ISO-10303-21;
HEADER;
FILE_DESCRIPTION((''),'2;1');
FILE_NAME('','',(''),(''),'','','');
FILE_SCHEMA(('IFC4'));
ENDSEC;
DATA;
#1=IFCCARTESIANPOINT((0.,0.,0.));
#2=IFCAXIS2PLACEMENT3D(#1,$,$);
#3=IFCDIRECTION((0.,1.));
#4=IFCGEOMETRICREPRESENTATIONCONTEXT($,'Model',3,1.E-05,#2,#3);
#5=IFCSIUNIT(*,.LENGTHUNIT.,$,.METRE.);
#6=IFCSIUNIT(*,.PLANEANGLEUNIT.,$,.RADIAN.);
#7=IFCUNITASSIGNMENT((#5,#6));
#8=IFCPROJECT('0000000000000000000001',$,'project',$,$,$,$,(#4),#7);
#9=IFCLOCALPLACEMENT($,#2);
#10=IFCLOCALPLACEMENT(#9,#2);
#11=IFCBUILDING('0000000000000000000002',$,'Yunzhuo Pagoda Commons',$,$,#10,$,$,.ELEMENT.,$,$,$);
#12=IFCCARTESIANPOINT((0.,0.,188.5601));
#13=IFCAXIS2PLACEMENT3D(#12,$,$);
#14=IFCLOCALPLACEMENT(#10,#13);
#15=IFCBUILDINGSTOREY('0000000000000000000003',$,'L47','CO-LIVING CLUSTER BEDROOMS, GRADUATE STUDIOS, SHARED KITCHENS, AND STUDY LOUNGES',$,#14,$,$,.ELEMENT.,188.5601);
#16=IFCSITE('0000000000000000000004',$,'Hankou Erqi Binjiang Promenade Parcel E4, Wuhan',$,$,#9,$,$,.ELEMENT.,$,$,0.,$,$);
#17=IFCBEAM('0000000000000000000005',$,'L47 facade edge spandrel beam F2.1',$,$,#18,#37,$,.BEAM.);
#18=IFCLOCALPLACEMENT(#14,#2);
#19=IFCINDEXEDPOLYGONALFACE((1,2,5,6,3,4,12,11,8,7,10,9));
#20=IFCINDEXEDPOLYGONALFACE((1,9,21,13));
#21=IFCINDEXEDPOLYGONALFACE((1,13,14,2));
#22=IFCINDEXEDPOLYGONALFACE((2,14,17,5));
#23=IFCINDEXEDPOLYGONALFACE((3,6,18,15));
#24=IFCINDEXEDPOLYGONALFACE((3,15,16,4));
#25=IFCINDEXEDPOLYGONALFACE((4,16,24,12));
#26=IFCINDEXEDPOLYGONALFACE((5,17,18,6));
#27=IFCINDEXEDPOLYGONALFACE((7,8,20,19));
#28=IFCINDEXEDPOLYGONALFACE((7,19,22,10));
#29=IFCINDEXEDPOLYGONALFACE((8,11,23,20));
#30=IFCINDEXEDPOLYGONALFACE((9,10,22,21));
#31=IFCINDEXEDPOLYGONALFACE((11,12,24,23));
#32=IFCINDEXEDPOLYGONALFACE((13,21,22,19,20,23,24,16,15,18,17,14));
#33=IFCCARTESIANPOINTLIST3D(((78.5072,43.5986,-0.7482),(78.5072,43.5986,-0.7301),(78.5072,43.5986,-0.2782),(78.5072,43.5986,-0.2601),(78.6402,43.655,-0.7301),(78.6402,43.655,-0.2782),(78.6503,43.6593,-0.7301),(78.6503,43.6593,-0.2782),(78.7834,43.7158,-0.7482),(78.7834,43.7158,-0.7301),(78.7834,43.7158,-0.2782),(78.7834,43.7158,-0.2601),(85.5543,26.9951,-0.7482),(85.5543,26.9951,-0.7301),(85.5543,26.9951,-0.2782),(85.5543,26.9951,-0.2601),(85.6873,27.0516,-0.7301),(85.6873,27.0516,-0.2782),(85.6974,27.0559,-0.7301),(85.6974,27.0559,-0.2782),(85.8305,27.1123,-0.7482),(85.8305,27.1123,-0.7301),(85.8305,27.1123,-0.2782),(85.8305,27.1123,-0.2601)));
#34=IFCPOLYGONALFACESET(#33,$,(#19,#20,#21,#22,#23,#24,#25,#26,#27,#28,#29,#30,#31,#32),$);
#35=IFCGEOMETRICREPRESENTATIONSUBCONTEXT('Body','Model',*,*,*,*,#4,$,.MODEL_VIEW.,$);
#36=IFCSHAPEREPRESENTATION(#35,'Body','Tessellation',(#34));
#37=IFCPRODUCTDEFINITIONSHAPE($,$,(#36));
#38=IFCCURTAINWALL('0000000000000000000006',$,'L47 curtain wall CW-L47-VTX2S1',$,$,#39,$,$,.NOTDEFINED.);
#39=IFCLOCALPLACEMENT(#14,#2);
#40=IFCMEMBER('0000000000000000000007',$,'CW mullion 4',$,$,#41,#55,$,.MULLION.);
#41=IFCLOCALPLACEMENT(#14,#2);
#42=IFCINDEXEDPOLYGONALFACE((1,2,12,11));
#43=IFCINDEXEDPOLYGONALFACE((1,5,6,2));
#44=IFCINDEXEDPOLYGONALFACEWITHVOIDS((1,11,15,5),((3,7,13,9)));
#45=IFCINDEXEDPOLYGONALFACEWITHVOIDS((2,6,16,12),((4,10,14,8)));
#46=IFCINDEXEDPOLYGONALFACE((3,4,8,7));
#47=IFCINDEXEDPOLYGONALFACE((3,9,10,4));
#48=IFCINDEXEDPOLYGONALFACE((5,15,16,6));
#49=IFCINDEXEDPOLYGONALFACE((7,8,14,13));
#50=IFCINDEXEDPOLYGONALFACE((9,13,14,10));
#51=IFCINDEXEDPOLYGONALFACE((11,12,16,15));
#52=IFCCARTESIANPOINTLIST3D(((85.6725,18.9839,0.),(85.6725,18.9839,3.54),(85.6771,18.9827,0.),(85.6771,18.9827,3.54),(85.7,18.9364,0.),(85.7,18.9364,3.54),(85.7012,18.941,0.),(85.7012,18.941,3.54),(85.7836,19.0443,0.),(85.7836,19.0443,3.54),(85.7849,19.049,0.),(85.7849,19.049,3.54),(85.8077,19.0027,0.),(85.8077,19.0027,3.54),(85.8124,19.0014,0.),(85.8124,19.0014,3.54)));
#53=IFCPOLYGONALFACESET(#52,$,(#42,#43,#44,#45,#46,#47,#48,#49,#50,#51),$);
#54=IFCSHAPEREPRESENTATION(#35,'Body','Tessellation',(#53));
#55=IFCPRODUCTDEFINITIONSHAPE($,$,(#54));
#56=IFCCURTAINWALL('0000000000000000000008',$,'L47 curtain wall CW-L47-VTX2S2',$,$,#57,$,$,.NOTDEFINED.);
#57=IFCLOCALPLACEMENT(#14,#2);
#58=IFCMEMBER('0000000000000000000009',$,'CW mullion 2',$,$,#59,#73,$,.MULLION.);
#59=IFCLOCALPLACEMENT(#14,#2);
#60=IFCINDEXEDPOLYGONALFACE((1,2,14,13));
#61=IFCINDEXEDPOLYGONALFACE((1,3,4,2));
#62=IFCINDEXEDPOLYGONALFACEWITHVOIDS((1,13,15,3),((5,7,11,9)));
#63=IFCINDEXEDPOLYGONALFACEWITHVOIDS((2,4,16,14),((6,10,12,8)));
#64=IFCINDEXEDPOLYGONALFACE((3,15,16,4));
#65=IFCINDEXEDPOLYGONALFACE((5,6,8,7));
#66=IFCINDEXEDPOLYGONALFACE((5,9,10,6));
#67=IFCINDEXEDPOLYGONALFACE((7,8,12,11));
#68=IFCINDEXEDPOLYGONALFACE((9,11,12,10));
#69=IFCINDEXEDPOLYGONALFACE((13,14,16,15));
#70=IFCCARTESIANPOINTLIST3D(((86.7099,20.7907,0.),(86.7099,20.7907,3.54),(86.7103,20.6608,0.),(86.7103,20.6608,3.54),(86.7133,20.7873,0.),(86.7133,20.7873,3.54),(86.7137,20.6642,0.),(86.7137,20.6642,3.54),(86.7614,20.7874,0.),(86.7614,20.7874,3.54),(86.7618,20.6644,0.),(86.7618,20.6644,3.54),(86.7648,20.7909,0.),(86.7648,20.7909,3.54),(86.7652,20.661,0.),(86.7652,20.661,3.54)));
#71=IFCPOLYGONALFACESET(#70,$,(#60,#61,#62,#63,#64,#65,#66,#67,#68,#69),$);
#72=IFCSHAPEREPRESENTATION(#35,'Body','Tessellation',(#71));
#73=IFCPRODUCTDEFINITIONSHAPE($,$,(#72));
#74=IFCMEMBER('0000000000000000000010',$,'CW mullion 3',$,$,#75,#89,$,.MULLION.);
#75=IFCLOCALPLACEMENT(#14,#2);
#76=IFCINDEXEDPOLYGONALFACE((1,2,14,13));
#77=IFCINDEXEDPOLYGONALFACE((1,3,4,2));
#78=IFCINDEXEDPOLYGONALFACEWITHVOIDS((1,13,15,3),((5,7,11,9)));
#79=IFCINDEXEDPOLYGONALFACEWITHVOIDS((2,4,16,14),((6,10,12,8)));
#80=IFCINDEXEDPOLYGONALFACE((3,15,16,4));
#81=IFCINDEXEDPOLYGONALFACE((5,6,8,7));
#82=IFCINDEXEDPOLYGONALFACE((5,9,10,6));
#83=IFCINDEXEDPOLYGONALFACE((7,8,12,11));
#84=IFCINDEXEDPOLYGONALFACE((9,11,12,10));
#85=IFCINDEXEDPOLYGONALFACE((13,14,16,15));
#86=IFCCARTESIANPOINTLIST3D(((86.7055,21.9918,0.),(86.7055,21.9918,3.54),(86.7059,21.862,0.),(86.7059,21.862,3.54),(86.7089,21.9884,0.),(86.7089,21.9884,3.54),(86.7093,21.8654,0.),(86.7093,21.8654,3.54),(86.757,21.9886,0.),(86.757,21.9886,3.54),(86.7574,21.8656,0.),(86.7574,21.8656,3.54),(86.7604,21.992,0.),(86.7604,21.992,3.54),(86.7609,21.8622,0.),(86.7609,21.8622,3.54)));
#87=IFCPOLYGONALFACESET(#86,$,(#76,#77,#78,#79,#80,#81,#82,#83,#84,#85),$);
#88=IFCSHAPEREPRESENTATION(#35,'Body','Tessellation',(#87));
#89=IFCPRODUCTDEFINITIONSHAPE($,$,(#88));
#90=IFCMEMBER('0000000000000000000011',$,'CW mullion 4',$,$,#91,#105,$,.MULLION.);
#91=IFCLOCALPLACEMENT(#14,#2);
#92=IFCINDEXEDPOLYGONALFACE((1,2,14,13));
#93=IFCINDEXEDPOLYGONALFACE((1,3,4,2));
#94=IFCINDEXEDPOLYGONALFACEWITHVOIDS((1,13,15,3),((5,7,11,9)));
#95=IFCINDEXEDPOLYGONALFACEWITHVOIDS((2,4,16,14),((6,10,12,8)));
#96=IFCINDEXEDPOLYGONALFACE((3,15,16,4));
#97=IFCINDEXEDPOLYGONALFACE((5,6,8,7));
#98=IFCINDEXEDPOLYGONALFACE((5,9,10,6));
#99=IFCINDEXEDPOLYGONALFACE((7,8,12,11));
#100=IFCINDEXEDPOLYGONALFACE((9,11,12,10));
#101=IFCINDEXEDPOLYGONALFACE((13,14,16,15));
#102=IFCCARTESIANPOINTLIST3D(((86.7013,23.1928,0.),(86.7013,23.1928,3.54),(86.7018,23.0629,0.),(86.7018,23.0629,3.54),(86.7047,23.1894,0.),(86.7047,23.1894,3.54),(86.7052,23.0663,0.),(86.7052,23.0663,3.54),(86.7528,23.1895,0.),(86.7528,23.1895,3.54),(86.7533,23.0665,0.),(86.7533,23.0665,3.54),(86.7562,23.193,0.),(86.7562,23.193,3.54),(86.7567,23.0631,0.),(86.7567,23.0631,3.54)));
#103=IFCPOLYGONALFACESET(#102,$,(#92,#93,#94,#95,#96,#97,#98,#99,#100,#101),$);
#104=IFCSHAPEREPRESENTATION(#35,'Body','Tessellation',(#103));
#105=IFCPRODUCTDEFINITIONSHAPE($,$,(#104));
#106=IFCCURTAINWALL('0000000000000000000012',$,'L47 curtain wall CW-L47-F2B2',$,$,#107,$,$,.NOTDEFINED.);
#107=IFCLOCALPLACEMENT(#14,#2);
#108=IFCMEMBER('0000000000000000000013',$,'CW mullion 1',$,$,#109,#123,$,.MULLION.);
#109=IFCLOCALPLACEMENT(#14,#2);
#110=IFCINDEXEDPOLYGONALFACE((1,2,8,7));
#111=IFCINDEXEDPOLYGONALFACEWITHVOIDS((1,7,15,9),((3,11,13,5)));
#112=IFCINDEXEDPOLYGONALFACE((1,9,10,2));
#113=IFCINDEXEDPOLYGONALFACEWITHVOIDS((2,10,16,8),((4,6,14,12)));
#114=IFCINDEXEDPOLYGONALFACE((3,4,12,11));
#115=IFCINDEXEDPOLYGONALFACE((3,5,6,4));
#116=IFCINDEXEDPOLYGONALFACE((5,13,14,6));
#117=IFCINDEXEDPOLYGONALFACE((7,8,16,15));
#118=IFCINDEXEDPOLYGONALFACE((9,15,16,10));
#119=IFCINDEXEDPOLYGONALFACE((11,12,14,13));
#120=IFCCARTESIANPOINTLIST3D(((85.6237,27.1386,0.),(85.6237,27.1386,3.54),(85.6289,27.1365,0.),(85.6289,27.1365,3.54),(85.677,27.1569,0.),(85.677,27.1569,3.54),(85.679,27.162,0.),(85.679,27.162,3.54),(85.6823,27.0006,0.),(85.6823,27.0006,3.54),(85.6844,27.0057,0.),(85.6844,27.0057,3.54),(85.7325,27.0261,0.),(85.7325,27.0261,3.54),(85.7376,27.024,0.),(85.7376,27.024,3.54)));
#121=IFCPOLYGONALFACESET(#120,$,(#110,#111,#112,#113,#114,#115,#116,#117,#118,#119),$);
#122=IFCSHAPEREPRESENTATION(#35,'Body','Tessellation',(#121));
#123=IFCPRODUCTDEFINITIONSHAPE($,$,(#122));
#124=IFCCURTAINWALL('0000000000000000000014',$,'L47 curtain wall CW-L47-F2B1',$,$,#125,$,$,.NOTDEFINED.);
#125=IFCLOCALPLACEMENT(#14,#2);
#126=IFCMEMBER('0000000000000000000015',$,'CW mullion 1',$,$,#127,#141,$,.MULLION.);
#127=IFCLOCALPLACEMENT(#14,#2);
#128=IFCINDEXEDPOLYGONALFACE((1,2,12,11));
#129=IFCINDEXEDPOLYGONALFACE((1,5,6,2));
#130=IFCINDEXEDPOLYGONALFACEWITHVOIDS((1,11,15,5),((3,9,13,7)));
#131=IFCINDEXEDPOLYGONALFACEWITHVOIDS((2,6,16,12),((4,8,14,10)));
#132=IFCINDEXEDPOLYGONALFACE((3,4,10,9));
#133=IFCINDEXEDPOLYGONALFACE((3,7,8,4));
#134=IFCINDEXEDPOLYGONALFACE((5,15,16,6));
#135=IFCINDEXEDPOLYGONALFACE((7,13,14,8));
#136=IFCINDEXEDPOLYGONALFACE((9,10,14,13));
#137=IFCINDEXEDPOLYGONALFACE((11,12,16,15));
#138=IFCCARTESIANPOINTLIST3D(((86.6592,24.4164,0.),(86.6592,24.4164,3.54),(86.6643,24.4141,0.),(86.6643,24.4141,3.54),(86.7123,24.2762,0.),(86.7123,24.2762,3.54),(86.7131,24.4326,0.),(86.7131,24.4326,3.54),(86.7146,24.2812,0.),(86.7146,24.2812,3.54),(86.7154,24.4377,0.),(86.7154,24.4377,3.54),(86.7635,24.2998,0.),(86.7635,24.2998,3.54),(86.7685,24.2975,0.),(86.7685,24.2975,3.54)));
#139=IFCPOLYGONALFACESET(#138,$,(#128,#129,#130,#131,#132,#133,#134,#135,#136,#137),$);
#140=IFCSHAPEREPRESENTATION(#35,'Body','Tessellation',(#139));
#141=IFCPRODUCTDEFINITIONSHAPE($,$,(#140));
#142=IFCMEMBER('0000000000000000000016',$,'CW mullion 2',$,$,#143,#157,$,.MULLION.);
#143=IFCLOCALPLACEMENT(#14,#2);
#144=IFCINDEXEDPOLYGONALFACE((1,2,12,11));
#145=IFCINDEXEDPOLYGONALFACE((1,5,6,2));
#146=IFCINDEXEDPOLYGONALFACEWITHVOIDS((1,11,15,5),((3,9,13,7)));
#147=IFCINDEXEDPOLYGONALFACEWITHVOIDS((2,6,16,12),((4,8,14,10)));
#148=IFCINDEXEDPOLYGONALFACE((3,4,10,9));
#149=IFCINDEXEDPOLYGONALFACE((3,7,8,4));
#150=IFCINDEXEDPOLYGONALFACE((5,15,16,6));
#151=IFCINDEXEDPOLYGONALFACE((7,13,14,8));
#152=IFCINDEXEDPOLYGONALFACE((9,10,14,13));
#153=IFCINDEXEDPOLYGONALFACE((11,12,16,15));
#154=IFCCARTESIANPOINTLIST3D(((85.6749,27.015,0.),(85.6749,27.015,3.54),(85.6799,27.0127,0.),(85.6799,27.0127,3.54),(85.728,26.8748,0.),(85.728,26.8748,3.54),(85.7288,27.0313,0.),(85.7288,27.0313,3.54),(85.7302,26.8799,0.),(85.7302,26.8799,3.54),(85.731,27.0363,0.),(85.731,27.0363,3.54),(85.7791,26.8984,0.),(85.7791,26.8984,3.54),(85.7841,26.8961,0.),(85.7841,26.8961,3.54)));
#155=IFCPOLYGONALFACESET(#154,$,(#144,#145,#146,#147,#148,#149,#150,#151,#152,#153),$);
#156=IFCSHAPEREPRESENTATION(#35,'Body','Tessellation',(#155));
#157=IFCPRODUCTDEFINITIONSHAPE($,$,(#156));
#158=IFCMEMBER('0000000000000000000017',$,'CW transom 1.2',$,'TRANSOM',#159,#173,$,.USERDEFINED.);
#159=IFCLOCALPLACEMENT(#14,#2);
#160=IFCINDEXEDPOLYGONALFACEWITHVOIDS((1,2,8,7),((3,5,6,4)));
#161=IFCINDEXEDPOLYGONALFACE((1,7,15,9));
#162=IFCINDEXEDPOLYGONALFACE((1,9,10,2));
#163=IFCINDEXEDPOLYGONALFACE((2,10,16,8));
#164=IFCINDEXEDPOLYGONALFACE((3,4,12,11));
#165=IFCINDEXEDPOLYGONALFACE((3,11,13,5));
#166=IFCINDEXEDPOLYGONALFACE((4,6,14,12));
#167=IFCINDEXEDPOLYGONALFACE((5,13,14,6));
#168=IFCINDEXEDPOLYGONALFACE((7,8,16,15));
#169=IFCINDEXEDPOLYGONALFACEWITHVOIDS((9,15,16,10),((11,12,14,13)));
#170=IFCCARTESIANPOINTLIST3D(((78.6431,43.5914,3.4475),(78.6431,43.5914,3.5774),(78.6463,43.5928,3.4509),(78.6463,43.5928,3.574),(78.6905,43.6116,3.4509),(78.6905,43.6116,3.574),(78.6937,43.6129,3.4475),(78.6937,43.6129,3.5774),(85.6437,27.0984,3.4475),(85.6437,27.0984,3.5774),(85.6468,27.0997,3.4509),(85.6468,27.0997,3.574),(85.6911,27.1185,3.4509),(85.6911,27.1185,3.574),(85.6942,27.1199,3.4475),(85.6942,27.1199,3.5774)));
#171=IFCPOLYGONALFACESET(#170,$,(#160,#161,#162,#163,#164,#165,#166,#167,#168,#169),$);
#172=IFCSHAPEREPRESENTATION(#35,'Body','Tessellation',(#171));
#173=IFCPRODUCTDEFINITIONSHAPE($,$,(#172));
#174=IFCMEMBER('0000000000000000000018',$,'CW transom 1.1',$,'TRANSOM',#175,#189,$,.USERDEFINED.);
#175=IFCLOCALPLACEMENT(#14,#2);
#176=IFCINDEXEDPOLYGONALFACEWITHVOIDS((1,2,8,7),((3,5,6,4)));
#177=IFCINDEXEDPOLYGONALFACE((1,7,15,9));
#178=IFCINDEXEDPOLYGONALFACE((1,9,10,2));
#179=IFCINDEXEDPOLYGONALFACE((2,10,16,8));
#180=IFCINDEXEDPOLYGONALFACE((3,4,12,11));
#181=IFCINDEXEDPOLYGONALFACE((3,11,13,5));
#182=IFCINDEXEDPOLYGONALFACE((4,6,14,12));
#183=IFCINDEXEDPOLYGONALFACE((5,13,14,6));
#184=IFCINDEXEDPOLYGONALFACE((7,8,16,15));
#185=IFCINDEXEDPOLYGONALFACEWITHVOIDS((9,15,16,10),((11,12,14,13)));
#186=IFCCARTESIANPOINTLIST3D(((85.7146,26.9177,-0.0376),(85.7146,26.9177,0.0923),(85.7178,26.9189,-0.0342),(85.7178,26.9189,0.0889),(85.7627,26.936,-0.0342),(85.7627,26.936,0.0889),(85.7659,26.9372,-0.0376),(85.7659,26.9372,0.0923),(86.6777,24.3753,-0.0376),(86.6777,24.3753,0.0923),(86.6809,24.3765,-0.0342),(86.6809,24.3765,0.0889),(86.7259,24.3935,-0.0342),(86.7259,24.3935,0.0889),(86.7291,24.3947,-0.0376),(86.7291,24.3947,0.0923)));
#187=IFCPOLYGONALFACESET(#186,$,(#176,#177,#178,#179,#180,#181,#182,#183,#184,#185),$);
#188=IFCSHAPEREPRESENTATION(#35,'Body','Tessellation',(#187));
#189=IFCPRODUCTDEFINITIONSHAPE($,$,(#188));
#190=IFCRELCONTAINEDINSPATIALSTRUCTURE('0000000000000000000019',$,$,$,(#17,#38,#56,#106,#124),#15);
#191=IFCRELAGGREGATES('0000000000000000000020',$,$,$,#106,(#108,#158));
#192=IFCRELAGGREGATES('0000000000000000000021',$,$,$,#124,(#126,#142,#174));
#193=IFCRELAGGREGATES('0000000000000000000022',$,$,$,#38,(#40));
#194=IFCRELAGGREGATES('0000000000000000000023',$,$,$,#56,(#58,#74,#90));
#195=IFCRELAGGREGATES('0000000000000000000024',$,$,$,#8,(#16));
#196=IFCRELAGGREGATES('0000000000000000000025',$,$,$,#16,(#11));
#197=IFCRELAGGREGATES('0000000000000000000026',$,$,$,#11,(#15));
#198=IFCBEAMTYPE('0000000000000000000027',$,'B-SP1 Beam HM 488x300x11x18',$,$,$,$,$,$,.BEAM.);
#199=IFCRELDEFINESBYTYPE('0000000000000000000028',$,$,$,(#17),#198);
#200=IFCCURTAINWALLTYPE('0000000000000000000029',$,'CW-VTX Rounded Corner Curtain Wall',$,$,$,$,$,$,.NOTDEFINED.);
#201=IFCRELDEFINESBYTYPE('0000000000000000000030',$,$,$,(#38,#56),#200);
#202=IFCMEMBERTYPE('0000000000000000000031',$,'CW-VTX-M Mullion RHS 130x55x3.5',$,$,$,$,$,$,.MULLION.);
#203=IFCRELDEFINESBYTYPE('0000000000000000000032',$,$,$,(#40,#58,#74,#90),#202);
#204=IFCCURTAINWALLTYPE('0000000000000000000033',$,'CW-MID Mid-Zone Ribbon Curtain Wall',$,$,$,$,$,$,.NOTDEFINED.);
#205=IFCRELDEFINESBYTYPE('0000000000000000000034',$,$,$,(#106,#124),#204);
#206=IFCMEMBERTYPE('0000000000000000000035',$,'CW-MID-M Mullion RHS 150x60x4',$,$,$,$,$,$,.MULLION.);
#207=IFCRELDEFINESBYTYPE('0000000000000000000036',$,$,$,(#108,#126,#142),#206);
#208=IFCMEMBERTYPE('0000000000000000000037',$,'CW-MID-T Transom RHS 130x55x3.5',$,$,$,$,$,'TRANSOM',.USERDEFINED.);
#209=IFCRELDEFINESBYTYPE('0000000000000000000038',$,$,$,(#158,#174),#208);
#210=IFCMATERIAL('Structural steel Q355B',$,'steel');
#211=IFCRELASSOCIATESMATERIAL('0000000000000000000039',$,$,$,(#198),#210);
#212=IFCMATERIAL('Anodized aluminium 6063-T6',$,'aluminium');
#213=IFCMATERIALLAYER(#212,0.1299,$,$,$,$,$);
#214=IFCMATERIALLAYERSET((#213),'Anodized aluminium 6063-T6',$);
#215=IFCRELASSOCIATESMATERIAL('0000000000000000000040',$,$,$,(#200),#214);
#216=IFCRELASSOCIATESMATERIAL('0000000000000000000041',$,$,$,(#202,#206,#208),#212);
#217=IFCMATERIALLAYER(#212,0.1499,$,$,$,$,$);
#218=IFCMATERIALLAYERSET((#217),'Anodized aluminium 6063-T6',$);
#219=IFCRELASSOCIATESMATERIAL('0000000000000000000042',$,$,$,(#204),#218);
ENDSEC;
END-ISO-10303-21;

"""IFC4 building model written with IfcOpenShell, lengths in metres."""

from ifc_helpers import new_model, si_unit, direction, frame, origin, origin_2d, place, context, subcontext, project, spatial, hollow_rectangle, i_section, extrude, source, transform, mapped, material, layer, layer_set, material_profile, profile_set, type_object, element, aggregate, save


model = new_model("IFC4")

# Units and contexts
model_context = context("Model", 3, precision=1e-05, world=origin(), true_north=direction((0.0, 1.0)))
body_context = subcontext(model_context, "Body", "Model", "MODEL_VIEW")
ifc_project = project(units=[si_unit("LENGTHUNIT", "METRE"), si_unit("PLANEANGLEUNIT", "RADIAN")], contexts=[model_context])

# Site, building, storey
site_placement = place(None, origin())
site = spatial("IfcSite", under=ifc_project, at=site_placement, Name="Hankou Erqi Binjiang Promenade Parcel E4, Wuhan", CompositionType="ELEMENT", RefElevation=0.0)
building_placement = place(site_placement, origin())
building = spatial("IfcBuilding", under=site, at=building_placement, Name="Yunzhuo Pagoda Commons", CompositionType="ELEMENT")
storey_placement = place(building_placement, frame((0.0, 0.0, 188.5601)))
storey = spatial("IfcBuildingStorey", under=building, at=storey_placement, Name="L47", Description="CO-LIVING CLUSTER BEDROOMS, GRADUATE STUDIOS, SHARED KITCHENS, AND STUDY LOUNGES", CompositionType="ELEMENT", Elevation=188.5601)

# Beam
ifc_material_1 = material(Name="Structural steel Q355B", Category="steel")
ifc_material_profile_1 = material_profile(ifc_material_1, i_section(OverallWidth=0.3, OverallDepth=0.488, WebThickness=0.011, FlangeThickness=0.0181, at=origin_2d()), Name="Structural steel Q355B")
ifc_profile_set_1 = profile_set([ifc_material_profile_1], Name="Structural steel Q355B")
beam_type = type_object("IfcBeamType", Name="B-SP1 Beam HM 488x300x11x18", PredefinedType="BEAM", material=ifc_profile_set_1)
shared_shape_1 = source(origin(), body_context, "Body", "SweptSolid", [
    extrude(i_section(OverallWidth=0.3, OverallDepth=0.488, WebThickness=0.011, FlangeThickness=0.0181, at=origin_2d()), origin(), (0.0, 0.0, 1.0), 18.0371),
])
beam_placement = place(storey_placement, frame((85.6924, 27.0537, -0.5042), z_axis=(-0.3907, 0.920518, 0.0), x_axis=(-0.920518, -0.3907, 0.0)))
element("IfcBeam", 1, at=beam_placement, inside=storey, type_object=beam_type, Name="L47 facade edge spandrel beam F2.1", PredefinedType="BEAM", context=body_context, shape_type="MappedRepresentation", body=[
    mapped(shared_shape_1, transform((0.0, 0.0, 0.0), scale=1.0)),
])

# Curtain wall, member
ifc_material_2 = material(Name="Anodized aluminium 6063-T6", Category="aluminium")
ifc_layer_1 = layer(ifc_material_2, 0.1299)
ifc_layer_set_1 = layer_set([ifc_layer_1], Name="Anodized aluminium 6063-T6")
curtain_wall_type_1 = type_object("IfcCurtainWallType", Name="CW-VTX Rounded Corner Curtain Wall", PredefinedType="NOTDEFINED", material=ifc_layer_set_1)
curtain_wall_1_placement = place(storey_placement, origin())
curtain_wall_1 = element("IfcCurtainWall", 2, at=curtain_wall_1_placement, inside=storey, type_object=curtain_wall_type_1, Name="L47 curtain wall CW-L47-VTX2S1", PredefinedType="NOTDEFINED")
ifc_material_profile_2 = material_profile(ifc_material_2, hollow_rectangle(XDim=0.0549, YDim=0.1299, WallThickness=0.0034, at=origin_2d()), Name="Anodized aluminium 6063-T6")
ifc_profile_set_2 = profile_set([ifc_material_profile_2], Name="Anodized aluminium 6063-T6")
member_type_1 = type_object("IfcMemberType", Name="CW-VTX-M Mullion RHS 130x55x3.5", PredefinedType="MULLION", material=ifc_profile_set_2)
shared_shape_2 = source(origin(), body_context, "Body", "SweptSolid", [
    extrude(hollow_rectangle(XDim=0.0549, YDim=0.1299, WallThickness=0.0034, at=origin_2d()), origin(), (0.0, 0.0, 1.0), 3.54),
])
member_1_placement = place(storey_placement, frame((85.7424, 18.9927, 0.0), z_axis=(0.0, 0.0, 1.0), x_axis=(-0.50104, 0.865424, 0.0)))
member_1 = element("IfcMember", 3, at=member_1_placement, type_object=member_type_1, Name="CW mullion 4", PredefinedType="MULLION", context=body_context, shape_type="MappedRepresentation", body=[
    mapped(shared_shape_2, transform((0.0, 0.0, 0.0), scale=1.0)),
])

# Curtain wall, members
curtain_wall_2_placement = place(storey_placement, origin())
curtain_wall_2 = element("IfcCurtainWall", 4, at=curtain_wall_2_placement, inside=storey, type_object=curtain_wall_type_1, Name="L47 curtain wall CW-L47-VTX2S2", PredefinedType="NOTDEFINED")
member_2_placement = place(storey_placement, frame((86.7375, 20.7258, 0.0), z_axis=(0.0, 0.0, 1.0), x_axis=(-0.999994, -0.00358, 0.0)))
member_2 = element("IfcMember", 5, at=member_2_placement, type_object=member_type_1, Name="CW mullion 2", PredefinedType="MULLION", context=body_context, shape_type="MappedRepresentation", body=[
    mapped(shared_shape_2, transform((0.0, 0.0, 0.0), scale=1.0)),
])
member_3_placement = place(storey_placement, frame((86.7332, 21.927, 0.0), z_axis=(0.0, 0.0, 1.0), x_axis=(-0.999994, -0.00358, 0.0)))
member_3 = element("IfcMember", 6, at=member_3_placement, type_object=member_type_1, Name="CW mullion 3", PredefinedType="MULLION", context=body_context, shape_type="MappedRepresentation", body=[
    mapped(shared_shape_2, transform((0.0, 0.0, 0.0), scale=1.0)),
])
member_4_placement = place(storey_placement, frame((86.729, 23.1279, 0.0), z_axis=(0.0, 0.0, 1.0), x_axis=(-0.999994, -0.00358, 0.0)))
member_4 = element("IfcMember", 7, at=member_4_placement, type_object=member_type_1, Name="CW mullion 4", PredefinedType="MULLION", context=body_context, shape_type="MappedRepresentation", body=[
    mapped(shared_shape_2, transform((0.0, 0.0, 0.0), scale=1.0)),
])

# Curtain wall, member
ifc_layer_2 = layer(ifc_material_2, 0.1499)
ifc_layer_set_2 = layer_set([ifc_layer_2], Name="Anodized aluminium 6063-T6")
curtain_wall_type_2 = type_object("IfcCurtainWallType", Name="CW-MID Mid-Zone Ribbon Curtain Wall", PredefinedType="NOTDEFINED", material=ifc_layer_set_2)
curtain_wall_3_placement = place(storey_placement, origin())
curtain_wall_3 = element("IfcCurtainWall", 8, at=curtain_wall_3_placement, inside=storey, type_object=curtain_wall_type_2, Name="L47 curtain wall CW-L47-F2B2", PredefinedType="NOTDEFINED")
ifc_material_profile_3 = material_profile(ifc_material_2, hollow_rectangle(XDim=0.0601, YDim=0.1499, WallThickness=0.0039, at=origin_2d()), Name="Anodized aluminium 6063-T6")
ifc_profile_set_3 = profile_set([ifc_material_profile_3], Name="Anodized aluminium 6063-T6")
member_type_2 = type_object("IfcMemberType", Name="CW-MID-M Mullion RHS 150x60x4", PredefinedType="MULLION", material=ifc_profile_set_3)
shared_shape_3 = source(origin(), body_context, "Body", "SweptSolid", [
    extrude(hollow_rectangle(XDim=0.0601, YDim=0.1499, WallThickness=0.0039, at=origin_2d()), origin(), (0.0, 0.0, 1.0), 3.54),
])
member_5_placement = place(storey_placement, frame((85.6807, 27.0813, 0.0), z_axis=(0.0, 0.0, 1.0), x_axis=(-0.920515, -0.390706, 0.0)))
member_5 = element("IfcMember", 9, at=member_5_placement, type_object=member_type_2, Name="CW mullion 1", PredefinedType="MULLION", context=body_context, shape_type="MappedRepresentation", body=[
    mapped(shared_shape_3, transform((0.0, 0.0, 0.0), scale=1.0)),
])

# Curtain wall, members
curtain_wall_4_placement = place(storey_placement, origin())
curtain_wall_4 = element("IfcCurtainWall", 10, at=curtain_wall_4_placement, inside=storey, type_object=curtain_wall_type_2, Name="L47 curtain wall CW-L47-F2B1", PredefinedType="NOTDEFINED")
member_6_placement = place(storey_placement, frame((86.7139, 24.3569, 0.0), z_axis=(0.0, 0.0, 1.0), x_axis=(-0.935148, -0.354256, 0.0)))
member_6 = element("IfcMember", 11, at=member_6_placement, type_object=member_type_2, Name="CW mullion 1", PredefinedType="MULLION", context=body_context, shape_type="MappedRepresentation", body=[
    mapped(shared_shape_3, transform((0.0, 0.0, 0.0), scale=1.0)),
])
member_7_placement = place(storey_placement, frame((85.7295, 26.9556, 0.0), z_axis=(0.0, 0.0, 1.0), x_axis=(-0.935148, -0.354256, 0.0)))
member_7 = element("IfcMember", 12, at=member_7_placement, type_object=member_type_2, Name="CW mullion 2", PredefinedType="MULLION", context=body_context, shape_type="MappedRepresentation", body=[
    mapped(shared_shape_3, transform((0.0, 0.0, 0.0), scale=1.0)),
])

# Members
ifc_material_profile_4 = material_profile(ifc_material_2, hollow_rectangle(XDim=0.0549, YDim=0.1299, WallThickness=0.0034, at=origin_2d()), Name="Anodized aluminium 6063-T6")
ifc_profile_set_4 = profile_set([ifc_material_profile_4], Name="Anodized aluminium 6063-T6")
member_type_3 = type_object("IfcMemberType", Name="CW-MID-T Transom RHS 130x55x3.5", ElementType="TRANSOM", PredefinedType="USERDEFINED", material=ifc_profile_set_4)
shared_shape_4 = source(origin(), body_context, "Body", "SweptSolid", [
    extrude(hollow_rectangle(XDim=0.0549, YDim=0.1299, WallThickness=0.0034, at=origin_2d()), origin(), (0.0, 0.0, 1.0), 17.9172),
])
member_8_placement = place(storey_placement, frame((85.6689, 27.1091, 3.5125), z_axis=(-0.390715, 0.920512, 0.0), x_axis=(-0.920512, -0.390715, 0.0)))
member_8 = element("IfcMember", 13, at=member_8_placement, type_object=member_type_3, Name="CW transom 1.2", ObjectType="TRANSOM", PredefinedType="USERDEFINED", context=body_context, shape_type="MappedRepresentation", body=[
    mapped(shared_shape_4, transform((0.0, 0.0, 0.0), scale=1.0)),
])
aggregate(curtain_wall_3, [member_5, member_8])
shared_shape_5 = source(origin(), body_context, "Body", "SweptSolid", [
    extrude(hollow_rectangle(XDim=0.0549, YDim=0.1299, WallThickness=0.0034, at=origin_2d()), origin(), (0.0, 0.0, 1.0), 2.7188),
])
member_9_placement = place(storey_placement, frame((86.7034, 24.385, 0.0273), z_axis=(-0.354251, 0.93515, 0.0), x_axis=(-0.93515, -0.354251, 0.0)))
member_9 = element("IfcMember", 14, at=member_9_placement, type_object=member_type_3, Name="CW transom 1.1", ObjectType="TRANSOM", PredefinedType="USERDEFINED", context=body_context, shape_type="MappedRepresentation", body=[
    mapped(shared_shape_5, transform((0.0, 0.0, 0.0), scale=1.0)),
])

aggregate(curtain_wall_4, [member_6, member_7, member_9])
aggregate(curtain_wall_1, [member_1])
aggregate(curtain_wall_2, [member_2, member_3, member_4])

save(model, "model.ifc")
